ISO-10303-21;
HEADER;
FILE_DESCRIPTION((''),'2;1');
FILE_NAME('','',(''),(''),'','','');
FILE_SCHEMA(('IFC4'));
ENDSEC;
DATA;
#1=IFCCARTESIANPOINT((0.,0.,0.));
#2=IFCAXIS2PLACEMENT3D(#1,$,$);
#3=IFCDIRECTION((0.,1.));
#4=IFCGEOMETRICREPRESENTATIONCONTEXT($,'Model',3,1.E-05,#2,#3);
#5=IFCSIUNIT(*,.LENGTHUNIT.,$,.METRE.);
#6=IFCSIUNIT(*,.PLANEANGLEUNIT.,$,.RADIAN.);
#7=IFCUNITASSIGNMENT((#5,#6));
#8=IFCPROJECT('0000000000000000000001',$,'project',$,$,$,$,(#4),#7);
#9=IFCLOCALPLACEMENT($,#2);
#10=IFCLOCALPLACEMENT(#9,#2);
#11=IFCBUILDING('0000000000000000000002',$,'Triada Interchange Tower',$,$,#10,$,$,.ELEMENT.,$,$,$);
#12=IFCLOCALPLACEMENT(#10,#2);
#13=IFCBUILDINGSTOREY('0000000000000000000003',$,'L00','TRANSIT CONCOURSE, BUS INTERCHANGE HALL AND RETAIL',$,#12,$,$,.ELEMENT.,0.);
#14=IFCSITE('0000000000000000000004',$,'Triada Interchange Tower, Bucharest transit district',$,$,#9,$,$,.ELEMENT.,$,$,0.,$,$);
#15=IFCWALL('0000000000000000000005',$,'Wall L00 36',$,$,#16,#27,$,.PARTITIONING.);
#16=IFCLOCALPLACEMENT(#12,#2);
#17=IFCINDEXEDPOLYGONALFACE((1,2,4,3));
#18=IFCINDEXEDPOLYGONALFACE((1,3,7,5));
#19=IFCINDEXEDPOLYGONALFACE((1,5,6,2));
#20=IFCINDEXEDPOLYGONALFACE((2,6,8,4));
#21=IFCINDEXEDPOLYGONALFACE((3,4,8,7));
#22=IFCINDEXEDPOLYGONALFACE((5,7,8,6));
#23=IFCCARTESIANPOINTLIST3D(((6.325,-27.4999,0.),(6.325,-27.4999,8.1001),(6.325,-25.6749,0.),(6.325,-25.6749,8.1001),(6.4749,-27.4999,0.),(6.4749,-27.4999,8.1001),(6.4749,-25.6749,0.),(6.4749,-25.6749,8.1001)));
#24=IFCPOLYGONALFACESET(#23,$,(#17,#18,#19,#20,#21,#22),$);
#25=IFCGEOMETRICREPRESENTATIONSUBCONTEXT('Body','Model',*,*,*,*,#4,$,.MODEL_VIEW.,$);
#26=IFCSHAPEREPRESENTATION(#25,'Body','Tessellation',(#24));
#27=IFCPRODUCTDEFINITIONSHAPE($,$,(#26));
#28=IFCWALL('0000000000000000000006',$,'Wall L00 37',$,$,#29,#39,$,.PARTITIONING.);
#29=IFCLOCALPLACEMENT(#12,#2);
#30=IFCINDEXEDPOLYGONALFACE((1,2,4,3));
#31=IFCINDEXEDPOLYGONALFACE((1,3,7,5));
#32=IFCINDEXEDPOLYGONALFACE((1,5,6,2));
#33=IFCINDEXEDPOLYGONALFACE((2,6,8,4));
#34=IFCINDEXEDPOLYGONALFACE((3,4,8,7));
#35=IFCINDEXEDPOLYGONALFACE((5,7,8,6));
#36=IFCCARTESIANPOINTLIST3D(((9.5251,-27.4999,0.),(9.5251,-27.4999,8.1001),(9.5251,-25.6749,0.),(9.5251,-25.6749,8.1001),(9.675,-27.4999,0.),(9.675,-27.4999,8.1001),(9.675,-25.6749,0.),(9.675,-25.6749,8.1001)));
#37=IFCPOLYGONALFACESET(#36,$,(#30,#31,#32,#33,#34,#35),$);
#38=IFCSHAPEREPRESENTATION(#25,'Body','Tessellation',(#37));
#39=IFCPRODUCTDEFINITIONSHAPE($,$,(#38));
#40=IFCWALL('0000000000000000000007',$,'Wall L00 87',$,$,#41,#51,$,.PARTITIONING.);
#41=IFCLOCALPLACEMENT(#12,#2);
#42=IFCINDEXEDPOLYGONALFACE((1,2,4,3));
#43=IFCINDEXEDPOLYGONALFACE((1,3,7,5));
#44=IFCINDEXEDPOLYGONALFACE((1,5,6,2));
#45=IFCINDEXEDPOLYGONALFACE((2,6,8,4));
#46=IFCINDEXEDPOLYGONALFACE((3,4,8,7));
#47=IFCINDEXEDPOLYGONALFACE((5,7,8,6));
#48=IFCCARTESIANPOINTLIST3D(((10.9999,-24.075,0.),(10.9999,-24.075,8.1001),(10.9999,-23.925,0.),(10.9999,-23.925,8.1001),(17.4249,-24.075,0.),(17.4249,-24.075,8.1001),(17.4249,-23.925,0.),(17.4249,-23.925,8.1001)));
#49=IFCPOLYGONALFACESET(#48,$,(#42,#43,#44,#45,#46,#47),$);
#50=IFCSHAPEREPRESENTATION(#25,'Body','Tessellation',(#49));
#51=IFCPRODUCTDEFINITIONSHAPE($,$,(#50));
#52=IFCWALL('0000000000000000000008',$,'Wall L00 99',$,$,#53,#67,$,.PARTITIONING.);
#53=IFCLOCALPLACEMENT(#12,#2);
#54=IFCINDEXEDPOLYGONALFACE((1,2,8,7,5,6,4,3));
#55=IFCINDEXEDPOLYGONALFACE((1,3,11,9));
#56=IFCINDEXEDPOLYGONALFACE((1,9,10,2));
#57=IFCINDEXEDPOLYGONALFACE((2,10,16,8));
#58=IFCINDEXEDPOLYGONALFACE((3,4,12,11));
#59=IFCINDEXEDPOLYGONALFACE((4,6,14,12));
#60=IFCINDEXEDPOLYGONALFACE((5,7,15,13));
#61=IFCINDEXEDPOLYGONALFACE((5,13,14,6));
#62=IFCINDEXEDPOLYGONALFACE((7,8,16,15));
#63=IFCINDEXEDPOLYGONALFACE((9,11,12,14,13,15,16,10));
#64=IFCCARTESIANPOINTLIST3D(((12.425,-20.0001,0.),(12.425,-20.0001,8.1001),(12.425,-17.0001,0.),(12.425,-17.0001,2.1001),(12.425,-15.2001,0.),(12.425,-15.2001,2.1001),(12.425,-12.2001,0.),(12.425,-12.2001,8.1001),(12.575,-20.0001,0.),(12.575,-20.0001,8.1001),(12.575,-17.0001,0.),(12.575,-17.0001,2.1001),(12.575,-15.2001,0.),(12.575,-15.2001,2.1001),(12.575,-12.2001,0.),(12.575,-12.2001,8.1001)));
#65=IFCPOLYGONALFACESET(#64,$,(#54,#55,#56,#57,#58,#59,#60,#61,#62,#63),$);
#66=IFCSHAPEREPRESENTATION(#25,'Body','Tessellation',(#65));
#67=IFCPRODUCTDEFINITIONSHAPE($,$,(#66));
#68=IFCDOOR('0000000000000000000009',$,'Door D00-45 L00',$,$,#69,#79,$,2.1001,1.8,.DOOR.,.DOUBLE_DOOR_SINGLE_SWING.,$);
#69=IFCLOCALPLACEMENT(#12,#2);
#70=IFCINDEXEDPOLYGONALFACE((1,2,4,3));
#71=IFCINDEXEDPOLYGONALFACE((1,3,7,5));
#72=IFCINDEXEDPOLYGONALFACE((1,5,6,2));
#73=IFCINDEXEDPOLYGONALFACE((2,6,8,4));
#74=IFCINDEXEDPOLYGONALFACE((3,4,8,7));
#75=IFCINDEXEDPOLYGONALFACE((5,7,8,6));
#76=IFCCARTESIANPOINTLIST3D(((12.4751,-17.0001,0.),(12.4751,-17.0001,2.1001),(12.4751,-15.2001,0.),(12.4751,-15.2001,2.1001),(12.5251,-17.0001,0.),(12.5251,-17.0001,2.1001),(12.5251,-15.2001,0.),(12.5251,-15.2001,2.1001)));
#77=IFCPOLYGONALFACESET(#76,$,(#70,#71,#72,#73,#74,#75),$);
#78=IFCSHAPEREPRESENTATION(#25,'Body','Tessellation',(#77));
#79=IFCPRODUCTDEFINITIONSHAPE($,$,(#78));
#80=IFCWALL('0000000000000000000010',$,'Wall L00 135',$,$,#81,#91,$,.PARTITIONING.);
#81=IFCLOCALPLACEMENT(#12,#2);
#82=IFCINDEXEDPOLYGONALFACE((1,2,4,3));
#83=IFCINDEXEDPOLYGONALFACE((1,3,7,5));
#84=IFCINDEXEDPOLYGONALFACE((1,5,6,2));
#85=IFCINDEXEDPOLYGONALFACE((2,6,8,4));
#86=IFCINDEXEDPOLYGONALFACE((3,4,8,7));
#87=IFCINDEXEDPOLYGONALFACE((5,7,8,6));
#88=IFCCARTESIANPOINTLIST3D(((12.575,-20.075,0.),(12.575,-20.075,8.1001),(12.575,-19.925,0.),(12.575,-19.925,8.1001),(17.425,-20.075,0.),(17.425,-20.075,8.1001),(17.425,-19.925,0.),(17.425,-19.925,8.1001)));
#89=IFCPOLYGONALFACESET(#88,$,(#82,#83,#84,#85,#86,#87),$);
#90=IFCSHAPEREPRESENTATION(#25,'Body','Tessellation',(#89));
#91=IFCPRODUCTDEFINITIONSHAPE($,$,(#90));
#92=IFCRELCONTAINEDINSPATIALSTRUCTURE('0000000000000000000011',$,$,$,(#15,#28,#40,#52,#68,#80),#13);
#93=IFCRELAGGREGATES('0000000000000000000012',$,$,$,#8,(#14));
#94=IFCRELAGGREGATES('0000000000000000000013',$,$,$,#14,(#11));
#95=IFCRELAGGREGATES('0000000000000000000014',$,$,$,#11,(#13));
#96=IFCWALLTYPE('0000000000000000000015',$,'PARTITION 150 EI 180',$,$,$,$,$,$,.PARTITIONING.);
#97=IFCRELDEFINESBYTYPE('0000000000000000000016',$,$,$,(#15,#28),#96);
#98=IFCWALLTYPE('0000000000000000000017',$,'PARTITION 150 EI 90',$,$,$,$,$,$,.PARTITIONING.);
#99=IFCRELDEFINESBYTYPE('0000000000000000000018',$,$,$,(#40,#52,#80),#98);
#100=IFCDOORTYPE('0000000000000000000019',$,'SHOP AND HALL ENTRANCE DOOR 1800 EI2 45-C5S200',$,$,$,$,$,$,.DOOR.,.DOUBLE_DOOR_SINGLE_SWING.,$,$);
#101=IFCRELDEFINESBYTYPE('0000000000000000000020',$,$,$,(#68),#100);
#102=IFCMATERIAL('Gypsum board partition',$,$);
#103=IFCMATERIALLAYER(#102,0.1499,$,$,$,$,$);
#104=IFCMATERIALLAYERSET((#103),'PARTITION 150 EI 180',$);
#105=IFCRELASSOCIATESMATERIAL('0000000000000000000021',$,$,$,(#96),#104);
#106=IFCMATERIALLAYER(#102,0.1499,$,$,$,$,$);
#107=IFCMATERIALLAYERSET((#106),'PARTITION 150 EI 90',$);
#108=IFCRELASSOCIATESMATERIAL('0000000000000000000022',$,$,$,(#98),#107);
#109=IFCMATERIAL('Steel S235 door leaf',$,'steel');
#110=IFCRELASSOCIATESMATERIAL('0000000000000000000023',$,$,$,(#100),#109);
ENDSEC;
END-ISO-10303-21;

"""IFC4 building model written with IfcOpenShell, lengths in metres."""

from ifc_helpers import new_model, si_unit, direction, frame, frame_2d, origin, place, context, subcontext, project, spatial, rectangle, extrude, material, layer, layer_set, type_object, element, fill, save


model = new_model("IFC4")

# Units and contexts
model_context = context("Model", 3, precision=1e-05, world=origin(), true_north=direction((0.0, 1.0)))
body_context = subcontext(model_context, "Body", "Model", "MODEL_VIEW")
ifc_project = project(units=[si_unit("LENGTHUNIT", "METRE"), si_unit("PLANEANGLEUNIT", "RADIAN")], contexts=[model_context])

# Site, building, storey
site_placement = place(None, origin())
site = spatial("IfcSite", under=ifc_project, at=site_placement, Name="Triada Interchange Tower, Bucharest transit district", CompositionType="ELEMENT", RefElevation=0.0)
building_placement = place(site_placement, origin())
building = spatial("IfcBuilding", under=site, at=building_placement, Name="Triada Interchange Tower", CompositionType="ELEMENT")
storey_placement = place(building_placement, origin())
storey = spatial("IfcBuildingStorey", under=building, at=storey_placement, Name="L00", Description="TRANSIT CONCOURSE, BUS INTERCHANGE HALL AND RETAIL", CompositionType="ELEMENT", Elevation=0.0)

# Shared definitions
ifc_material_1 = material(Name="Steel S235 door leaf", Category="steel")
ifc_material_2 = material(Name="Gypsum board partition")
ifc_layer_1 = layer(ifc_material_2, 0.1499)
ifc_layer_set_1 = layer_set([ifc_layer_1], Name="PARTITION 150 EI 180")
wall_type_1 = type_object("IfcWallType", Name="PARTITION 150 EI 180", PredefinedType="PARTITIONING", material=ifc_layer_set_1)

# Walls
for number, where, z_axis, x_axis, name in (
    (1, (6.3999, -27.5, 0.0), (0.0, 0.0, 1.0), (0.0, 1.0, 0.0), "Wall L00 36"),
    (2, (9.6001, -27.5, 0.0), (0.0, 0.0, 1.0), (0.0, 1.0, 0.0), "Wall L00 37"),
):
    element("IfcWall", number, at=place(storey_placement, frame(where, z_axis=z_axis, x_axis=x_axis)), inside=storey, type_object=wall_type_1, Name=name, PredefinedType="PARTITIONING", context=body_context, shape_type="SweptSolid", body=[
        extrude(rectangle(XDim=1.825, YDim=0.1499, at=frame_2d((0.9126, 0.0))), origin(), (0.0, 0.0, 1.0), 8.1001),
    ])
ifc_layer_2 = layer(ifc_material_2, 0.1499)
ifc_layer_set_2 = layer_set([ifc_layer_2], Name="PARTITION 150 EI 90")
wall_type_2 = type_object("IfcWallType", Name="PARTITION 150 EI 90", PredefinedType="PARTITIONING", material=ifc_layer_set_2)
wall_1_placement = place(storey_placement, frame((11.0, -24.0, 0.0), z_axis=(0.0, 0.0, 1.0), x_axis=(1.0, 0.0, 0.0)))
element("IfcWall", 3, at=wall_1_placement, inside=storey, type_object=wall_type_2, Name="Wall L00 87", PredefinedType="PARTITIONING", context=body_context, shape_type="SweptSolid", body=[
    extrude(rectangle(XDim=6.425, YDim=0.1499, at=frame_2d((3.2124, 0.0))), origin(), (0.0, 0.0, 1.0), 8.1001),
])

# Wall, opening, door
wall_2_placement = place(storey_placement, frame((12.5, -20.0, 0.0), z_axis=(0.0, 0.0, 1.0), x_axis=(0.0, 1.0, 0.0)))
wall_2 = element("IfcWall", 4, at=wall_2_placement, inside=storey, type_object=wall_type_2, Name="Wall L00 99", PredefinedType="PARTITIONING", context=body_context, shape_type="SweptSolid", body=[
    extrude(rectangle(XDim=7.8, YDim=0.1499, at=frame_2d((3.8999, 0.0))), origin(), (0.0, 0.0, 1.0), 8.1001),
])
opening_1_placement = place(wall_2_placement, frame((3.0, 0.0, 0.0)))
opening_1 = element("IfcOpeningElement", 5, at=opening_1_placement, cuts=wall_2, PredefinedType="OPENING", context=body_context, shape_type="SweptSolid", body=[
    extrude(rectangle(XDim=1.8, YDim=2.1001, at=frame_2d((0.8999, 1.05))), frame((0.0, 0.085, 0.0), z_axis=(0.0, -1.0, 0.0), x_axis=(1.0, 0.0, 0.0)), (0.0, 0.0, 1.0), 0.1699),
])
door_type_1 = type_object("IfcDoorType", Name="SHOP AND HALL ENTRANCE DOOR 1800 EI2 45-C5S200", OperationType="DOUBLE_DOOR_SINGLE_SWING", PredefinedType="DOOR", material=ifc_material_1)
door_1_placement = place(opening_1_placement, origin())
door_1 = element("IfcDoor", 6, at=door_1_placement, inside=storey, type_object=door_type_1, Name="Door D00-45 L00", OperationType="DOUBLE_DOOR_SINGLE_SWING", OverallHeight=2.1001, OverallWidth=1.8, PredefinedType="DOOR", context=body_context, shape_type="SweptSolid", body=[
    extrude(rectangle(XDim=1.8, YDim=2.1001, at=frame_2d((0.8999, 1.05))), frame((0.0, 0.0249, 0.0), z_axis=(0.0, -1.0, 0.0), x_axis=(1.0, 0.0, 0.0)), (0.0, 0.0, 1.0), 0.05),
])
fill(opening_1, door_1)

# Wall
wall_3_placement = place(storey_placement, frame((12.575, -20.0, 0.0), z_axis=(0.0, 0.0, 1.0), x_axis=(1.0, 0.0, 0.0)))
element("IfcWall", 7, at=wall_3_placement, inside=storey, type_object=wall_type_2, Name="Wall L00 135", PredefinedType="PARTITIONING", context=body_context, shape_type="SweptSolid", body=[
    extrude(rectangle(XDim=4.8501, YDim=0.1499, at=frame_2d((2.425, 0.0))), origin(), (0.0, 0.0, 1.0), 8.1001),
])

save(model, "model.ifc")
